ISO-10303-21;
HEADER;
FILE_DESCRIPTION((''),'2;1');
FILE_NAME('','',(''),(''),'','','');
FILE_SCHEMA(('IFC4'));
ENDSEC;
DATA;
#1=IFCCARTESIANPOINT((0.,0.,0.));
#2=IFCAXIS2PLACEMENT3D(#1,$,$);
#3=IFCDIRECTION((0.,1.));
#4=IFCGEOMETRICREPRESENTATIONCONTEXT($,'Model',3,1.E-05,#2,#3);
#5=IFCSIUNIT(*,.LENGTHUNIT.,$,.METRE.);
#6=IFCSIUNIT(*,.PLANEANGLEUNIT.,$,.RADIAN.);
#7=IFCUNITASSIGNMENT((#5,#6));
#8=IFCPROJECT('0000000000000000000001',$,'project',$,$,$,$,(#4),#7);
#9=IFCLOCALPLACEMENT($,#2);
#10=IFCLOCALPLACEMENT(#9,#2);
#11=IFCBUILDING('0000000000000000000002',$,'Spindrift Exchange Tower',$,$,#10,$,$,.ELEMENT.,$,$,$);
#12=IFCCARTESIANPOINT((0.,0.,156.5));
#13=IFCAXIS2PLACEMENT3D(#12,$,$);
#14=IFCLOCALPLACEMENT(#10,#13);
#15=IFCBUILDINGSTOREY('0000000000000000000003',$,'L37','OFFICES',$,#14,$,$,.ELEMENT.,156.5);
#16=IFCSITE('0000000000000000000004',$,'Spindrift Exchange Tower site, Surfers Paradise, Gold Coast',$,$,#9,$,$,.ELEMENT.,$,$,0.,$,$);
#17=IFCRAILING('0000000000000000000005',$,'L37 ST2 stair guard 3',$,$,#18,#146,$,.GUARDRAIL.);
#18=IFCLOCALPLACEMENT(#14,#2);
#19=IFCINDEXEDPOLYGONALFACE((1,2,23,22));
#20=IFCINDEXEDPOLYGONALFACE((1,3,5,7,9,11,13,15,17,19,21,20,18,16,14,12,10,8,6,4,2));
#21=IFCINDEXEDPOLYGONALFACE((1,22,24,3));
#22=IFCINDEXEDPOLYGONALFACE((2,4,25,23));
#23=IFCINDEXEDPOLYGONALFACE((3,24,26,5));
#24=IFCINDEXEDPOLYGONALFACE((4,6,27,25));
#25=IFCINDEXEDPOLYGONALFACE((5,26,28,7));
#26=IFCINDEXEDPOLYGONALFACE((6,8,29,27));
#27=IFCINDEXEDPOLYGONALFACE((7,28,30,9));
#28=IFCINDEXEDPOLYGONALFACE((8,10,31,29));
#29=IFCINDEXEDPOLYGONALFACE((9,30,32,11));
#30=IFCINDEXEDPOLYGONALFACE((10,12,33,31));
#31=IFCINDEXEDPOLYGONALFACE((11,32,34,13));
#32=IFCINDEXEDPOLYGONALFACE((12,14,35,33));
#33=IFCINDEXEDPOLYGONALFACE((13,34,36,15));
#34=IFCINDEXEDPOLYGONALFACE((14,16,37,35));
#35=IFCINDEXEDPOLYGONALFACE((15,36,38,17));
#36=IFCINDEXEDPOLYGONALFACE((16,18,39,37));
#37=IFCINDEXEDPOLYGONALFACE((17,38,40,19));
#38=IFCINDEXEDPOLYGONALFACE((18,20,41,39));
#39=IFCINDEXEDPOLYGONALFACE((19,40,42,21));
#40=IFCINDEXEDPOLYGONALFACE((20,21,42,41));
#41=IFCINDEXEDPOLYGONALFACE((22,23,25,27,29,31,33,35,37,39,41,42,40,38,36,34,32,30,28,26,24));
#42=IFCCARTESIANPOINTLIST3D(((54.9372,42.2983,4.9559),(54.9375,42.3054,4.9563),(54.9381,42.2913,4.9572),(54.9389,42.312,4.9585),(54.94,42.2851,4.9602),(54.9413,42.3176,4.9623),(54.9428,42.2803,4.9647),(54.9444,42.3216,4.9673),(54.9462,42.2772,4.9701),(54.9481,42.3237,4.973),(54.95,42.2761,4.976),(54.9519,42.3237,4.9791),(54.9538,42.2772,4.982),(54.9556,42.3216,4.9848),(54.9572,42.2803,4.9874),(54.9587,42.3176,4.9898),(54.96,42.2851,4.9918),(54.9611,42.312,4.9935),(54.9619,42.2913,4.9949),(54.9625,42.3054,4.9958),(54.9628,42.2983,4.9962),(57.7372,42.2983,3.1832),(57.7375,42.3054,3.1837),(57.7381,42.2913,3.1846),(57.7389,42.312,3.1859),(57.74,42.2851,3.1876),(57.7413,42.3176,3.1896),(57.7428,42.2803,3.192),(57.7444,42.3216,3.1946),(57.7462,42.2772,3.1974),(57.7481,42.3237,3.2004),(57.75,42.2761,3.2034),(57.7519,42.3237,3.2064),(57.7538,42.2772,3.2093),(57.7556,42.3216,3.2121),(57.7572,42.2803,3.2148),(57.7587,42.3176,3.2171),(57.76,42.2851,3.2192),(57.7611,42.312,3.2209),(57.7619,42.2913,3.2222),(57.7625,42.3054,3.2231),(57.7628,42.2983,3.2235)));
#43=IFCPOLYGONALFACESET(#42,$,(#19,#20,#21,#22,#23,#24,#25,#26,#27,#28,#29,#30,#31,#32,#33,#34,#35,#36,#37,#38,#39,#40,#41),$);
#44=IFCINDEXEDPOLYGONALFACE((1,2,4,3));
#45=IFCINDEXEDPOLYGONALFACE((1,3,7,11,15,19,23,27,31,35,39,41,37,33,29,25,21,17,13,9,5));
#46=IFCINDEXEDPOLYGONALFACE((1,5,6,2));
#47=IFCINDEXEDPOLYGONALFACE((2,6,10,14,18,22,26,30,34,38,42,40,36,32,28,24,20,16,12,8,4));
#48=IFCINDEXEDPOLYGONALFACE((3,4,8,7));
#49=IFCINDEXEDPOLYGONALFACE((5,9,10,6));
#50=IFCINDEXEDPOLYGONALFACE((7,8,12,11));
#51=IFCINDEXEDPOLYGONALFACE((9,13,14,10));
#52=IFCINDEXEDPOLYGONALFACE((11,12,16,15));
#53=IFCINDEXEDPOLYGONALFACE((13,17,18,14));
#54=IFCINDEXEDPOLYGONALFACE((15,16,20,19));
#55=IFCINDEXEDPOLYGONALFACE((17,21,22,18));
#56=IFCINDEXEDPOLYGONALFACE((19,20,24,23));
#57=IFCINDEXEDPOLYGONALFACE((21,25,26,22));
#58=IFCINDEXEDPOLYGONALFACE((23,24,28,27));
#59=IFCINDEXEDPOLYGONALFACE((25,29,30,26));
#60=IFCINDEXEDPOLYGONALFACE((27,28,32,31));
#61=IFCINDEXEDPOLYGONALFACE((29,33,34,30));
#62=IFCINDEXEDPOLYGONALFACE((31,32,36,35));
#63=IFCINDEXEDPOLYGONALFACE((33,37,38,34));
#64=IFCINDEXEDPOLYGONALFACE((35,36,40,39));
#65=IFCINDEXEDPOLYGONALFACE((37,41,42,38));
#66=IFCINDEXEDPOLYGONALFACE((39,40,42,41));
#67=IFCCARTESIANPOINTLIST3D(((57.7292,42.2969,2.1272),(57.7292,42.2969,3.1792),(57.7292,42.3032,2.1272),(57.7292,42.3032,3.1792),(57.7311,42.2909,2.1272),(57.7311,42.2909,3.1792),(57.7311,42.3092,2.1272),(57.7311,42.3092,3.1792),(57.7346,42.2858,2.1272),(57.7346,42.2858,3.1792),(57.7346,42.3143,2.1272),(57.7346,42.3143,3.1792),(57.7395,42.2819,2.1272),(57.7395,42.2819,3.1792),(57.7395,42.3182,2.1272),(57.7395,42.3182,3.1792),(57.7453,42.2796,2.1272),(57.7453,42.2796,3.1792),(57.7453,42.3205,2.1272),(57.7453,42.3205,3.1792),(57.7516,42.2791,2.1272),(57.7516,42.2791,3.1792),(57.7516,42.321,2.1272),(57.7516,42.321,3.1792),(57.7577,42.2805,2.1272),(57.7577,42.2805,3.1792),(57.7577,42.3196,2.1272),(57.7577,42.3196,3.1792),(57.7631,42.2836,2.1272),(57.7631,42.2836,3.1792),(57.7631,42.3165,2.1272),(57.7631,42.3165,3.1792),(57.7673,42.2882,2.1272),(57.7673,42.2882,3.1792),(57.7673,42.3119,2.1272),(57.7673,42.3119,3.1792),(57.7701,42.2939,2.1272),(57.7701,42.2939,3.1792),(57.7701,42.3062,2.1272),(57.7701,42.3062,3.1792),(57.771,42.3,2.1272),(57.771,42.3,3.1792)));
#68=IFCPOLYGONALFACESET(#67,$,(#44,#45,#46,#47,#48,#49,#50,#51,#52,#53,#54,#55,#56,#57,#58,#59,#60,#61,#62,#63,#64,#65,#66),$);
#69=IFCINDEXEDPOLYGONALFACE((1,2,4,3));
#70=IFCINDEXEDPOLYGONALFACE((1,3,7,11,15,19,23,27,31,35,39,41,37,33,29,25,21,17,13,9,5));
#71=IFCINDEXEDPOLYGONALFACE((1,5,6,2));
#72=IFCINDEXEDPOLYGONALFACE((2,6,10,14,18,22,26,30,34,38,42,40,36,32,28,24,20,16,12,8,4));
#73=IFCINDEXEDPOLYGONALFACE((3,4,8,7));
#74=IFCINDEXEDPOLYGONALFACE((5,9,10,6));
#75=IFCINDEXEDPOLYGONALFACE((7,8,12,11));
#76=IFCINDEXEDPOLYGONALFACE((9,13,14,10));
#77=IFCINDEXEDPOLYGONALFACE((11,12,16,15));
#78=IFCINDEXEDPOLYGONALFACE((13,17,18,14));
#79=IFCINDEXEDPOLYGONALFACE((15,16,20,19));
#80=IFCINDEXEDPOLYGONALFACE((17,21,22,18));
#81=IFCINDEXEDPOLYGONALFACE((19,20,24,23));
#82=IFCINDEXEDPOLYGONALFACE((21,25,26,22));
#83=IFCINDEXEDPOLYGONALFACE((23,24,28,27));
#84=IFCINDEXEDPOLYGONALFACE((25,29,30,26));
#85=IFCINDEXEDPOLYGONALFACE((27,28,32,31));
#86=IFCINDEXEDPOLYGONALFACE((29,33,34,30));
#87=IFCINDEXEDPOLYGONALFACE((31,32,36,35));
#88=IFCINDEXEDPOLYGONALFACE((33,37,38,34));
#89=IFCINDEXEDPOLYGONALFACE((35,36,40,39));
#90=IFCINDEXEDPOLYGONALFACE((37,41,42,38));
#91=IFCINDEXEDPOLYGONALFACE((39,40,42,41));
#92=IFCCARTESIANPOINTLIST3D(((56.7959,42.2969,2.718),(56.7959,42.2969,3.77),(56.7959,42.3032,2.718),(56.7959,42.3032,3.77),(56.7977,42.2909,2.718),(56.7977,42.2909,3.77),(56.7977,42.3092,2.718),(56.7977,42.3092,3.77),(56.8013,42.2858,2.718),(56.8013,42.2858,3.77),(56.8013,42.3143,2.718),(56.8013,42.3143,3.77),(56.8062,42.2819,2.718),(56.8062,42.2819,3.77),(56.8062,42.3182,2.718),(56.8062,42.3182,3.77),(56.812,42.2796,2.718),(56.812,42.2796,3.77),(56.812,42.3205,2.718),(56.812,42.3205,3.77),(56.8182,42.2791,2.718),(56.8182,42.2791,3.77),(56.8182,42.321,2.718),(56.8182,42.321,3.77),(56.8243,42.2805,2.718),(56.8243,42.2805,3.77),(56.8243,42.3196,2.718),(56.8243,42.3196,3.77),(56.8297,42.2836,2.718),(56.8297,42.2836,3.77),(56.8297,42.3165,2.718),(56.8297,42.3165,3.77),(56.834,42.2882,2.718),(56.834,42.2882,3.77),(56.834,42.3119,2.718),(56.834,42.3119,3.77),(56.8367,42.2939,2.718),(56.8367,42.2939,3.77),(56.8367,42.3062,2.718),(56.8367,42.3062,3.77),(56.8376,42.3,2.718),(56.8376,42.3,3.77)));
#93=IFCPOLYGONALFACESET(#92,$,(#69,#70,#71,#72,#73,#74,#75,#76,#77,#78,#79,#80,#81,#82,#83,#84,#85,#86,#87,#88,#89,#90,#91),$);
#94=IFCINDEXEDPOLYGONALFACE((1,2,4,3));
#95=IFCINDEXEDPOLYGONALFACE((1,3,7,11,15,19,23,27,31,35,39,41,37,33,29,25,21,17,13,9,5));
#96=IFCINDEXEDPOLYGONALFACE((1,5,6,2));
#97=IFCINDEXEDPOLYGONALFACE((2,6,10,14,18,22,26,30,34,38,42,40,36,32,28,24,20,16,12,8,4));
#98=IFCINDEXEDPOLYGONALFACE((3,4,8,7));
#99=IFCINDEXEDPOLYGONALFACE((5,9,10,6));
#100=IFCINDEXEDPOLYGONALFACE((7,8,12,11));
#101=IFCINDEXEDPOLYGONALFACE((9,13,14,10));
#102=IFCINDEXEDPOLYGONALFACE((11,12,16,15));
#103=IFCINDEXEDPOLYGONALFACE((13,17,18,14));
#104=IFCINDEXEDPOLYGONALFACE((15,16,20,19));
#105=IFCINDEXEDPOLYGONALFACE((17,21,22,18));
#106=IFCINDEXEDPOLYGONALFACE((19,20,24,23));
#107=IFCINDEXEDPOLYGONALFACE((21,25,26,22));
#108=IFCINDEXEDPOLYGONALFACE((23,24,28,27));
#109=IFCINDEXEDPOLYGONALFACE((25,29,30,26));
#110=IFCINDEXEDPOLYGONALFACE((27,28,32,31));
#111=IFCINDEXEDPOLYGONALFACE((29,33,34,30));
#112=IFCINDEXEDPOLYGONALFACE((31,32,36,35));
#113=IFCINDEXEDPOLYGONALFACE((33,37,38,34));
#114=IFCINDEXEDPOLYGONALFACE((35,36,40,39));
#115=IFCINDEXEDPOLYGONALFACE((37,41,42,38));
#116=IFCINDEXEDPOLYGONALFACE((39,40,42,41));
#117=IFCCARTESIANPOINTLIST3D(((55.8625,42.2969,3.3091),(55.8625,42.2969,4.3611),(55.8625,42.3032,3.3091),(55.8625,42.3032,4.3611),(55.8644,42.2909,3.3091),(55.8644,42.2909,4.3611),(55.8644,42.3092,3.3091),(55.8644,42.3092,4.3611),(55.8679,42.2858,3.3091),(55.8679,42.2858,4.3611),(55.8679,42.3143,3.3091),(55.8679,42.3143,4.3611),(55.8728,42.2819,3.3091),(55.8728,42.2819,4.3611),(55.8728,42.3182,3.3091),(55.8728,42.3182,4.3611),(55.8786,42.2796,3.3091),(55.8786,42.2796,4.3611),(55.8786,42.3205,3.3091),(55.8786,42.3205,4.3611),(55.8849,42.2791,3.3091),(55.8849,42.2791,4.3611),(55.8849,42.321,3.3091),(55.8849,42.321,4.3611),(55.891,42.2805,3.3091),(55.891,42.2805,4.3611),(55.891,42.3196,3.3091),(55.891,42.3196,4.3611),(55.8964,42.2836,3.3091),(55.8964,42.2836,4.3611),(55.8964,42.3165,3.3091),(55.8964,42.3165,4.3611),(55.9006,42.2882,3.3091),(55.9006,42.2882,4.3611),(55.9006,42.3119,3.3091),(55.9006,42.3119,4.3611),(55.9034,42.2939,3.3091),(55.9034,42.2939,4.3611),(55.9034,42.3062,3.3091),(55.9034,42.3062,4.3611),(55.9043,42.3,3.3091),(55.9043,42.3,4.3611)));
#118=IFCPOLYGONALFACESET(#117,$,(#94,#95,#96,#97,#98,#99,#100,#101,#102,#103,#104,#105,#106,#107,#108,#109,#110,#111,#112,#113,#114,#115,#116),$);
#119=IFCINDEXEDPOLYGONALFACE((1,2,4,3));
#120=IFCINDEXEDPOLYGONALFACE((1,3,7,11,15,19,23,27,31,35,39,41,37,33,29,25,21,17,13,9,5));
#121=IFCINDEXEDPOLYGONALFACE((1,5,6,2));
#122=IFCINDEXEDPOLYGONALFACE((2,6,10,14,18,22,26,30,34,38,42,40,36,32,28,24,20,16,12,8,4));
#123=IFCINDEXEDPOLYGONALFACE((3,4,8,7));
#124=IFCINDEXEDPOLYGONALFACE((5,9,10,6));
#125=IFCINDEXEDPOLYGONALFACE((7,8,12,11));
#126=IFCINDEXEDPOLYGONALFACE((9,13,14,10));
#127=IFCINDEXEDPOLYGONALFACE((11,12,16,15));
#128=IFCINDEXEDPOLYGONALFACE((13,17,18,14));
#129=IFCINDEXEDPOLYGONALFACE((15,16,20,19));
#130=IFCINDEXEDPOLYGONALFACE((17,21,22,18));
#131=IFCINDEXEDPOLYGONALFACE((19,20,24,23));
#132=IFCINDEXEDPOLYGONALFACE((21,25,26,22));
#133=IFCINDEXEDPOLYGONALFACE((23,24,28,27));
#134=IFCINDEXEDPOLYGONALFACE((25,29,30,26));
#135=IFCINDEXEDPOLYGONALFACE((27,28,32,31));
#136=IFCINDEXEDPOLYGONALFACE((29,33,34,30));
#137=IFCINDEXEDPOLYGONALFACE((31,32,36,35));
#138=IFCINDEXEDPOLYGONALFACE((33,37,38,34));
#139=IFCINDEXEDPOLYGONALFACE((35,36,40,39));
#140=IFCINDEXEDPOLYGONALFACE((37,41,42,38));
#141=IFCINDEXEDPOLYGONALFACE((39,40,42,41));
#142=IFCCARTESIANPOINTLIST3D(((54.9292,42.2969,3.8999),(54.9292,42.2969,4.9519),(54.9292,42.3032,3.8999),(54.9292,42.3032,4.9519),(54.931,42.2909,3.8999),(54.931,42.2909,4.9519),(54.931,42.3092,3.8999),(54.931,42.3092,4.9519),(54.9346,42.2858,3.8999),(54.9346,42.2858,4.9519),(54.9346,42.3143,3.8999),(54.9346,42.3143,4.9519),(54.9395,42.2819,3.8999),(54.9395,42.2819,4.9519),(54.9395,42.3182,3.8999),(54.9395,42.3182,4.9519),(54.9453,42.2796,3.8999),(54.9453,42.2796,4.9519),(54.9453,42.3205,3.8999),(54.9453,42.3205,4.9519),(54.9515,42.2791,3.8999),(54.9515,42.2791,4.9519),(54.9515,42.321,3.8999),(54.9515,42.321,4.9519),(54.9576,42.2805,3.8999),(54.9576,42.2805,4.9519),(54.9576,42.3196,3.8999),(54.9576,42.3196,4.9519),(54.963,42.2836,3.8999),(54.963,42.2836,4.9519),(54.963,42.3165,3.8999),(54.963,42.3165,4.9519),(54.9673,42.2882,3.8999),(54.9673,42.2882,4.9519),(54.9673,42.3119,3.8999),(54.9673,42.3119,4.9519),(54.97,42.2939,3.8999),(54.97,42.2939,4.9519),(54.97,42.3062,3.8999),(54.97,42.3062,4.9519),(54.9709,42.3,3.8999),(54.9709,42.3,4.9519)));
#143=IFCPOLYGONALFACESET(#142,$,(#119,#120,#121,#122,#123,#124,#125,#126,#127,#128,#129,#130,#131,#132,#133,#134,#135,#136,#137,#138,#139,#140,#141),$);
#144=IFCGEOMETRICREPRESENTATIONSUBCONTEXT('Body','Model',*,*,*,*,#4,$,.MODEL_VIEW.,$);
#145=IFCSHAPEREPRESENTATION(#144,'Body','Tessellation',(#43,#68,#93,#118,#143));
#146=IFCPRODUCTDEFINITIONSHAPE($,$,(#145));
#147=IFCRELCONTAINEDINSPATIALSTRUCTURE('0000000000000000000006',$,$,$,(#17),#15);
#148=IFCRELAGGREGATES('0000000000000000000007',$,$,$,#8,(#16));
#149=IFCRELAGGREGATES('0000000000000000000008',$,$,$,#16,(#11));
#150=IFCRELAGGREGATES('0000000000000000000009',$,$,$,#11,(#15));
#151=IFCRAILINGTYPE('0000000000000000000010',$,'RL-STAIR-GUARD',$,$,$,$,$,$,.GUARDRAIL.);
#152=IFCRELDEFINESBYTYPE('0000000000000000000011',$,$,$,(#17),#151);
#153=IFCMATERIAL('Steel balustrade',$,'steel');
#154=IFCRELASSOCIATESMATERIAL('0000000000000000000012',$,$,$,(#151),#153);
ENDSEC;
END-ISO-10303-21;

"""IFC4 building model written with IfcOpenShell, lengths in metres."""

from ifc_helpers import new_model, si_unit, direction, frame, origin, origin_2d, place, context, subcontext, project, spatial, circle, extrude, material, type_object, element, save


model = new_model("IFC4")

# Units and contexts
model_context = context("Model", 3, precision=1e-05, world=origin(), true_north=direction((0.0, 1.0)))
body_context = subcontext(model_context, "Body", "Model", "MODEL_VIEW")
ifc_project = project(units=[si_unit("LENGTHUNIT", "METRE"), si_unit("PLANEANGLEUNIT", "RADIAN")], contexts=[model_context])

# Site, building, storey
site_placement = place(None, origin())
site = spatial("IfcSite", under=ifc_project, at=site_placement, Name="Spindrift Exchange Tower site, Surfers Paradise, Gold Coast", CompositionType="ELEMENT", RefElevation=0.0)
building_placement = place(site_placement, origin())
building = spatial("IfcBuilding", under=site, at=building_placement, Name="Spindrift Exchange Tower", CompositionType="ELEMENT")
storey_placement = place(building_placement, frame((0.0, 0.0, 156.5)))
storey = spatial("IfcBuildingStorey", under=building, at=storey_placement, Name="L37", Description="OFFICES", CompositionType="ELEMENT", Elevation=156.5)

# Railing
ifc_material_1 = material(Name="Steel balustrade", Category="steel")
railing_type_1 = type_object("IfcRailingType", Name="RL-STAIR-GUARD", PredefinedType="GUARDRAIL", material=ifc_material_1)
railing_1_placement = place(storey_placement, frame((57.75, 42.3, 2.1272)))
element("IfcRailing", 1, at=railing_1_placement, inside=storey, type_object=railing_type_1, Name="L37 ST2 stair guard 3", PredefinedType="GUARDRAIL", context=body_context, shape_type="SweptSolid", body=[
    extrude(circle(Radius=0.0239, at=origin_2d()), frame((0.0, 0.0, 1.0762), z_axis=(-0.844909, 0.0, 0.53491), x_axis=(0.0, -1.0, 0.0)), (0.0, 0.0, 1.0), 3.314),
    extrude(circle(Radius=0.021, at=origin_2d()), origin(), (0.0, 0.0, 1.0), 1.052),
    extrude(circle(Radius=0.021, at=origin_2d()), frame((-0.9333, 0.0, 0.5908)), (0.0, 0.0, 1.0), 1.052),
    extrude(circle(Radius=0.021, at=origin_2d()), frame((-1.8667, 0.0, 1.1819)), (0.0, 0.0, 1.0), 1.052),
    extrude(circle(Radius=0.021, at=origin_2d()), frame((-2.8, 0.0, 1.7727)), (0.0, 0.0, 1.0), 1.052),
])

save(model, "model.ifc")
